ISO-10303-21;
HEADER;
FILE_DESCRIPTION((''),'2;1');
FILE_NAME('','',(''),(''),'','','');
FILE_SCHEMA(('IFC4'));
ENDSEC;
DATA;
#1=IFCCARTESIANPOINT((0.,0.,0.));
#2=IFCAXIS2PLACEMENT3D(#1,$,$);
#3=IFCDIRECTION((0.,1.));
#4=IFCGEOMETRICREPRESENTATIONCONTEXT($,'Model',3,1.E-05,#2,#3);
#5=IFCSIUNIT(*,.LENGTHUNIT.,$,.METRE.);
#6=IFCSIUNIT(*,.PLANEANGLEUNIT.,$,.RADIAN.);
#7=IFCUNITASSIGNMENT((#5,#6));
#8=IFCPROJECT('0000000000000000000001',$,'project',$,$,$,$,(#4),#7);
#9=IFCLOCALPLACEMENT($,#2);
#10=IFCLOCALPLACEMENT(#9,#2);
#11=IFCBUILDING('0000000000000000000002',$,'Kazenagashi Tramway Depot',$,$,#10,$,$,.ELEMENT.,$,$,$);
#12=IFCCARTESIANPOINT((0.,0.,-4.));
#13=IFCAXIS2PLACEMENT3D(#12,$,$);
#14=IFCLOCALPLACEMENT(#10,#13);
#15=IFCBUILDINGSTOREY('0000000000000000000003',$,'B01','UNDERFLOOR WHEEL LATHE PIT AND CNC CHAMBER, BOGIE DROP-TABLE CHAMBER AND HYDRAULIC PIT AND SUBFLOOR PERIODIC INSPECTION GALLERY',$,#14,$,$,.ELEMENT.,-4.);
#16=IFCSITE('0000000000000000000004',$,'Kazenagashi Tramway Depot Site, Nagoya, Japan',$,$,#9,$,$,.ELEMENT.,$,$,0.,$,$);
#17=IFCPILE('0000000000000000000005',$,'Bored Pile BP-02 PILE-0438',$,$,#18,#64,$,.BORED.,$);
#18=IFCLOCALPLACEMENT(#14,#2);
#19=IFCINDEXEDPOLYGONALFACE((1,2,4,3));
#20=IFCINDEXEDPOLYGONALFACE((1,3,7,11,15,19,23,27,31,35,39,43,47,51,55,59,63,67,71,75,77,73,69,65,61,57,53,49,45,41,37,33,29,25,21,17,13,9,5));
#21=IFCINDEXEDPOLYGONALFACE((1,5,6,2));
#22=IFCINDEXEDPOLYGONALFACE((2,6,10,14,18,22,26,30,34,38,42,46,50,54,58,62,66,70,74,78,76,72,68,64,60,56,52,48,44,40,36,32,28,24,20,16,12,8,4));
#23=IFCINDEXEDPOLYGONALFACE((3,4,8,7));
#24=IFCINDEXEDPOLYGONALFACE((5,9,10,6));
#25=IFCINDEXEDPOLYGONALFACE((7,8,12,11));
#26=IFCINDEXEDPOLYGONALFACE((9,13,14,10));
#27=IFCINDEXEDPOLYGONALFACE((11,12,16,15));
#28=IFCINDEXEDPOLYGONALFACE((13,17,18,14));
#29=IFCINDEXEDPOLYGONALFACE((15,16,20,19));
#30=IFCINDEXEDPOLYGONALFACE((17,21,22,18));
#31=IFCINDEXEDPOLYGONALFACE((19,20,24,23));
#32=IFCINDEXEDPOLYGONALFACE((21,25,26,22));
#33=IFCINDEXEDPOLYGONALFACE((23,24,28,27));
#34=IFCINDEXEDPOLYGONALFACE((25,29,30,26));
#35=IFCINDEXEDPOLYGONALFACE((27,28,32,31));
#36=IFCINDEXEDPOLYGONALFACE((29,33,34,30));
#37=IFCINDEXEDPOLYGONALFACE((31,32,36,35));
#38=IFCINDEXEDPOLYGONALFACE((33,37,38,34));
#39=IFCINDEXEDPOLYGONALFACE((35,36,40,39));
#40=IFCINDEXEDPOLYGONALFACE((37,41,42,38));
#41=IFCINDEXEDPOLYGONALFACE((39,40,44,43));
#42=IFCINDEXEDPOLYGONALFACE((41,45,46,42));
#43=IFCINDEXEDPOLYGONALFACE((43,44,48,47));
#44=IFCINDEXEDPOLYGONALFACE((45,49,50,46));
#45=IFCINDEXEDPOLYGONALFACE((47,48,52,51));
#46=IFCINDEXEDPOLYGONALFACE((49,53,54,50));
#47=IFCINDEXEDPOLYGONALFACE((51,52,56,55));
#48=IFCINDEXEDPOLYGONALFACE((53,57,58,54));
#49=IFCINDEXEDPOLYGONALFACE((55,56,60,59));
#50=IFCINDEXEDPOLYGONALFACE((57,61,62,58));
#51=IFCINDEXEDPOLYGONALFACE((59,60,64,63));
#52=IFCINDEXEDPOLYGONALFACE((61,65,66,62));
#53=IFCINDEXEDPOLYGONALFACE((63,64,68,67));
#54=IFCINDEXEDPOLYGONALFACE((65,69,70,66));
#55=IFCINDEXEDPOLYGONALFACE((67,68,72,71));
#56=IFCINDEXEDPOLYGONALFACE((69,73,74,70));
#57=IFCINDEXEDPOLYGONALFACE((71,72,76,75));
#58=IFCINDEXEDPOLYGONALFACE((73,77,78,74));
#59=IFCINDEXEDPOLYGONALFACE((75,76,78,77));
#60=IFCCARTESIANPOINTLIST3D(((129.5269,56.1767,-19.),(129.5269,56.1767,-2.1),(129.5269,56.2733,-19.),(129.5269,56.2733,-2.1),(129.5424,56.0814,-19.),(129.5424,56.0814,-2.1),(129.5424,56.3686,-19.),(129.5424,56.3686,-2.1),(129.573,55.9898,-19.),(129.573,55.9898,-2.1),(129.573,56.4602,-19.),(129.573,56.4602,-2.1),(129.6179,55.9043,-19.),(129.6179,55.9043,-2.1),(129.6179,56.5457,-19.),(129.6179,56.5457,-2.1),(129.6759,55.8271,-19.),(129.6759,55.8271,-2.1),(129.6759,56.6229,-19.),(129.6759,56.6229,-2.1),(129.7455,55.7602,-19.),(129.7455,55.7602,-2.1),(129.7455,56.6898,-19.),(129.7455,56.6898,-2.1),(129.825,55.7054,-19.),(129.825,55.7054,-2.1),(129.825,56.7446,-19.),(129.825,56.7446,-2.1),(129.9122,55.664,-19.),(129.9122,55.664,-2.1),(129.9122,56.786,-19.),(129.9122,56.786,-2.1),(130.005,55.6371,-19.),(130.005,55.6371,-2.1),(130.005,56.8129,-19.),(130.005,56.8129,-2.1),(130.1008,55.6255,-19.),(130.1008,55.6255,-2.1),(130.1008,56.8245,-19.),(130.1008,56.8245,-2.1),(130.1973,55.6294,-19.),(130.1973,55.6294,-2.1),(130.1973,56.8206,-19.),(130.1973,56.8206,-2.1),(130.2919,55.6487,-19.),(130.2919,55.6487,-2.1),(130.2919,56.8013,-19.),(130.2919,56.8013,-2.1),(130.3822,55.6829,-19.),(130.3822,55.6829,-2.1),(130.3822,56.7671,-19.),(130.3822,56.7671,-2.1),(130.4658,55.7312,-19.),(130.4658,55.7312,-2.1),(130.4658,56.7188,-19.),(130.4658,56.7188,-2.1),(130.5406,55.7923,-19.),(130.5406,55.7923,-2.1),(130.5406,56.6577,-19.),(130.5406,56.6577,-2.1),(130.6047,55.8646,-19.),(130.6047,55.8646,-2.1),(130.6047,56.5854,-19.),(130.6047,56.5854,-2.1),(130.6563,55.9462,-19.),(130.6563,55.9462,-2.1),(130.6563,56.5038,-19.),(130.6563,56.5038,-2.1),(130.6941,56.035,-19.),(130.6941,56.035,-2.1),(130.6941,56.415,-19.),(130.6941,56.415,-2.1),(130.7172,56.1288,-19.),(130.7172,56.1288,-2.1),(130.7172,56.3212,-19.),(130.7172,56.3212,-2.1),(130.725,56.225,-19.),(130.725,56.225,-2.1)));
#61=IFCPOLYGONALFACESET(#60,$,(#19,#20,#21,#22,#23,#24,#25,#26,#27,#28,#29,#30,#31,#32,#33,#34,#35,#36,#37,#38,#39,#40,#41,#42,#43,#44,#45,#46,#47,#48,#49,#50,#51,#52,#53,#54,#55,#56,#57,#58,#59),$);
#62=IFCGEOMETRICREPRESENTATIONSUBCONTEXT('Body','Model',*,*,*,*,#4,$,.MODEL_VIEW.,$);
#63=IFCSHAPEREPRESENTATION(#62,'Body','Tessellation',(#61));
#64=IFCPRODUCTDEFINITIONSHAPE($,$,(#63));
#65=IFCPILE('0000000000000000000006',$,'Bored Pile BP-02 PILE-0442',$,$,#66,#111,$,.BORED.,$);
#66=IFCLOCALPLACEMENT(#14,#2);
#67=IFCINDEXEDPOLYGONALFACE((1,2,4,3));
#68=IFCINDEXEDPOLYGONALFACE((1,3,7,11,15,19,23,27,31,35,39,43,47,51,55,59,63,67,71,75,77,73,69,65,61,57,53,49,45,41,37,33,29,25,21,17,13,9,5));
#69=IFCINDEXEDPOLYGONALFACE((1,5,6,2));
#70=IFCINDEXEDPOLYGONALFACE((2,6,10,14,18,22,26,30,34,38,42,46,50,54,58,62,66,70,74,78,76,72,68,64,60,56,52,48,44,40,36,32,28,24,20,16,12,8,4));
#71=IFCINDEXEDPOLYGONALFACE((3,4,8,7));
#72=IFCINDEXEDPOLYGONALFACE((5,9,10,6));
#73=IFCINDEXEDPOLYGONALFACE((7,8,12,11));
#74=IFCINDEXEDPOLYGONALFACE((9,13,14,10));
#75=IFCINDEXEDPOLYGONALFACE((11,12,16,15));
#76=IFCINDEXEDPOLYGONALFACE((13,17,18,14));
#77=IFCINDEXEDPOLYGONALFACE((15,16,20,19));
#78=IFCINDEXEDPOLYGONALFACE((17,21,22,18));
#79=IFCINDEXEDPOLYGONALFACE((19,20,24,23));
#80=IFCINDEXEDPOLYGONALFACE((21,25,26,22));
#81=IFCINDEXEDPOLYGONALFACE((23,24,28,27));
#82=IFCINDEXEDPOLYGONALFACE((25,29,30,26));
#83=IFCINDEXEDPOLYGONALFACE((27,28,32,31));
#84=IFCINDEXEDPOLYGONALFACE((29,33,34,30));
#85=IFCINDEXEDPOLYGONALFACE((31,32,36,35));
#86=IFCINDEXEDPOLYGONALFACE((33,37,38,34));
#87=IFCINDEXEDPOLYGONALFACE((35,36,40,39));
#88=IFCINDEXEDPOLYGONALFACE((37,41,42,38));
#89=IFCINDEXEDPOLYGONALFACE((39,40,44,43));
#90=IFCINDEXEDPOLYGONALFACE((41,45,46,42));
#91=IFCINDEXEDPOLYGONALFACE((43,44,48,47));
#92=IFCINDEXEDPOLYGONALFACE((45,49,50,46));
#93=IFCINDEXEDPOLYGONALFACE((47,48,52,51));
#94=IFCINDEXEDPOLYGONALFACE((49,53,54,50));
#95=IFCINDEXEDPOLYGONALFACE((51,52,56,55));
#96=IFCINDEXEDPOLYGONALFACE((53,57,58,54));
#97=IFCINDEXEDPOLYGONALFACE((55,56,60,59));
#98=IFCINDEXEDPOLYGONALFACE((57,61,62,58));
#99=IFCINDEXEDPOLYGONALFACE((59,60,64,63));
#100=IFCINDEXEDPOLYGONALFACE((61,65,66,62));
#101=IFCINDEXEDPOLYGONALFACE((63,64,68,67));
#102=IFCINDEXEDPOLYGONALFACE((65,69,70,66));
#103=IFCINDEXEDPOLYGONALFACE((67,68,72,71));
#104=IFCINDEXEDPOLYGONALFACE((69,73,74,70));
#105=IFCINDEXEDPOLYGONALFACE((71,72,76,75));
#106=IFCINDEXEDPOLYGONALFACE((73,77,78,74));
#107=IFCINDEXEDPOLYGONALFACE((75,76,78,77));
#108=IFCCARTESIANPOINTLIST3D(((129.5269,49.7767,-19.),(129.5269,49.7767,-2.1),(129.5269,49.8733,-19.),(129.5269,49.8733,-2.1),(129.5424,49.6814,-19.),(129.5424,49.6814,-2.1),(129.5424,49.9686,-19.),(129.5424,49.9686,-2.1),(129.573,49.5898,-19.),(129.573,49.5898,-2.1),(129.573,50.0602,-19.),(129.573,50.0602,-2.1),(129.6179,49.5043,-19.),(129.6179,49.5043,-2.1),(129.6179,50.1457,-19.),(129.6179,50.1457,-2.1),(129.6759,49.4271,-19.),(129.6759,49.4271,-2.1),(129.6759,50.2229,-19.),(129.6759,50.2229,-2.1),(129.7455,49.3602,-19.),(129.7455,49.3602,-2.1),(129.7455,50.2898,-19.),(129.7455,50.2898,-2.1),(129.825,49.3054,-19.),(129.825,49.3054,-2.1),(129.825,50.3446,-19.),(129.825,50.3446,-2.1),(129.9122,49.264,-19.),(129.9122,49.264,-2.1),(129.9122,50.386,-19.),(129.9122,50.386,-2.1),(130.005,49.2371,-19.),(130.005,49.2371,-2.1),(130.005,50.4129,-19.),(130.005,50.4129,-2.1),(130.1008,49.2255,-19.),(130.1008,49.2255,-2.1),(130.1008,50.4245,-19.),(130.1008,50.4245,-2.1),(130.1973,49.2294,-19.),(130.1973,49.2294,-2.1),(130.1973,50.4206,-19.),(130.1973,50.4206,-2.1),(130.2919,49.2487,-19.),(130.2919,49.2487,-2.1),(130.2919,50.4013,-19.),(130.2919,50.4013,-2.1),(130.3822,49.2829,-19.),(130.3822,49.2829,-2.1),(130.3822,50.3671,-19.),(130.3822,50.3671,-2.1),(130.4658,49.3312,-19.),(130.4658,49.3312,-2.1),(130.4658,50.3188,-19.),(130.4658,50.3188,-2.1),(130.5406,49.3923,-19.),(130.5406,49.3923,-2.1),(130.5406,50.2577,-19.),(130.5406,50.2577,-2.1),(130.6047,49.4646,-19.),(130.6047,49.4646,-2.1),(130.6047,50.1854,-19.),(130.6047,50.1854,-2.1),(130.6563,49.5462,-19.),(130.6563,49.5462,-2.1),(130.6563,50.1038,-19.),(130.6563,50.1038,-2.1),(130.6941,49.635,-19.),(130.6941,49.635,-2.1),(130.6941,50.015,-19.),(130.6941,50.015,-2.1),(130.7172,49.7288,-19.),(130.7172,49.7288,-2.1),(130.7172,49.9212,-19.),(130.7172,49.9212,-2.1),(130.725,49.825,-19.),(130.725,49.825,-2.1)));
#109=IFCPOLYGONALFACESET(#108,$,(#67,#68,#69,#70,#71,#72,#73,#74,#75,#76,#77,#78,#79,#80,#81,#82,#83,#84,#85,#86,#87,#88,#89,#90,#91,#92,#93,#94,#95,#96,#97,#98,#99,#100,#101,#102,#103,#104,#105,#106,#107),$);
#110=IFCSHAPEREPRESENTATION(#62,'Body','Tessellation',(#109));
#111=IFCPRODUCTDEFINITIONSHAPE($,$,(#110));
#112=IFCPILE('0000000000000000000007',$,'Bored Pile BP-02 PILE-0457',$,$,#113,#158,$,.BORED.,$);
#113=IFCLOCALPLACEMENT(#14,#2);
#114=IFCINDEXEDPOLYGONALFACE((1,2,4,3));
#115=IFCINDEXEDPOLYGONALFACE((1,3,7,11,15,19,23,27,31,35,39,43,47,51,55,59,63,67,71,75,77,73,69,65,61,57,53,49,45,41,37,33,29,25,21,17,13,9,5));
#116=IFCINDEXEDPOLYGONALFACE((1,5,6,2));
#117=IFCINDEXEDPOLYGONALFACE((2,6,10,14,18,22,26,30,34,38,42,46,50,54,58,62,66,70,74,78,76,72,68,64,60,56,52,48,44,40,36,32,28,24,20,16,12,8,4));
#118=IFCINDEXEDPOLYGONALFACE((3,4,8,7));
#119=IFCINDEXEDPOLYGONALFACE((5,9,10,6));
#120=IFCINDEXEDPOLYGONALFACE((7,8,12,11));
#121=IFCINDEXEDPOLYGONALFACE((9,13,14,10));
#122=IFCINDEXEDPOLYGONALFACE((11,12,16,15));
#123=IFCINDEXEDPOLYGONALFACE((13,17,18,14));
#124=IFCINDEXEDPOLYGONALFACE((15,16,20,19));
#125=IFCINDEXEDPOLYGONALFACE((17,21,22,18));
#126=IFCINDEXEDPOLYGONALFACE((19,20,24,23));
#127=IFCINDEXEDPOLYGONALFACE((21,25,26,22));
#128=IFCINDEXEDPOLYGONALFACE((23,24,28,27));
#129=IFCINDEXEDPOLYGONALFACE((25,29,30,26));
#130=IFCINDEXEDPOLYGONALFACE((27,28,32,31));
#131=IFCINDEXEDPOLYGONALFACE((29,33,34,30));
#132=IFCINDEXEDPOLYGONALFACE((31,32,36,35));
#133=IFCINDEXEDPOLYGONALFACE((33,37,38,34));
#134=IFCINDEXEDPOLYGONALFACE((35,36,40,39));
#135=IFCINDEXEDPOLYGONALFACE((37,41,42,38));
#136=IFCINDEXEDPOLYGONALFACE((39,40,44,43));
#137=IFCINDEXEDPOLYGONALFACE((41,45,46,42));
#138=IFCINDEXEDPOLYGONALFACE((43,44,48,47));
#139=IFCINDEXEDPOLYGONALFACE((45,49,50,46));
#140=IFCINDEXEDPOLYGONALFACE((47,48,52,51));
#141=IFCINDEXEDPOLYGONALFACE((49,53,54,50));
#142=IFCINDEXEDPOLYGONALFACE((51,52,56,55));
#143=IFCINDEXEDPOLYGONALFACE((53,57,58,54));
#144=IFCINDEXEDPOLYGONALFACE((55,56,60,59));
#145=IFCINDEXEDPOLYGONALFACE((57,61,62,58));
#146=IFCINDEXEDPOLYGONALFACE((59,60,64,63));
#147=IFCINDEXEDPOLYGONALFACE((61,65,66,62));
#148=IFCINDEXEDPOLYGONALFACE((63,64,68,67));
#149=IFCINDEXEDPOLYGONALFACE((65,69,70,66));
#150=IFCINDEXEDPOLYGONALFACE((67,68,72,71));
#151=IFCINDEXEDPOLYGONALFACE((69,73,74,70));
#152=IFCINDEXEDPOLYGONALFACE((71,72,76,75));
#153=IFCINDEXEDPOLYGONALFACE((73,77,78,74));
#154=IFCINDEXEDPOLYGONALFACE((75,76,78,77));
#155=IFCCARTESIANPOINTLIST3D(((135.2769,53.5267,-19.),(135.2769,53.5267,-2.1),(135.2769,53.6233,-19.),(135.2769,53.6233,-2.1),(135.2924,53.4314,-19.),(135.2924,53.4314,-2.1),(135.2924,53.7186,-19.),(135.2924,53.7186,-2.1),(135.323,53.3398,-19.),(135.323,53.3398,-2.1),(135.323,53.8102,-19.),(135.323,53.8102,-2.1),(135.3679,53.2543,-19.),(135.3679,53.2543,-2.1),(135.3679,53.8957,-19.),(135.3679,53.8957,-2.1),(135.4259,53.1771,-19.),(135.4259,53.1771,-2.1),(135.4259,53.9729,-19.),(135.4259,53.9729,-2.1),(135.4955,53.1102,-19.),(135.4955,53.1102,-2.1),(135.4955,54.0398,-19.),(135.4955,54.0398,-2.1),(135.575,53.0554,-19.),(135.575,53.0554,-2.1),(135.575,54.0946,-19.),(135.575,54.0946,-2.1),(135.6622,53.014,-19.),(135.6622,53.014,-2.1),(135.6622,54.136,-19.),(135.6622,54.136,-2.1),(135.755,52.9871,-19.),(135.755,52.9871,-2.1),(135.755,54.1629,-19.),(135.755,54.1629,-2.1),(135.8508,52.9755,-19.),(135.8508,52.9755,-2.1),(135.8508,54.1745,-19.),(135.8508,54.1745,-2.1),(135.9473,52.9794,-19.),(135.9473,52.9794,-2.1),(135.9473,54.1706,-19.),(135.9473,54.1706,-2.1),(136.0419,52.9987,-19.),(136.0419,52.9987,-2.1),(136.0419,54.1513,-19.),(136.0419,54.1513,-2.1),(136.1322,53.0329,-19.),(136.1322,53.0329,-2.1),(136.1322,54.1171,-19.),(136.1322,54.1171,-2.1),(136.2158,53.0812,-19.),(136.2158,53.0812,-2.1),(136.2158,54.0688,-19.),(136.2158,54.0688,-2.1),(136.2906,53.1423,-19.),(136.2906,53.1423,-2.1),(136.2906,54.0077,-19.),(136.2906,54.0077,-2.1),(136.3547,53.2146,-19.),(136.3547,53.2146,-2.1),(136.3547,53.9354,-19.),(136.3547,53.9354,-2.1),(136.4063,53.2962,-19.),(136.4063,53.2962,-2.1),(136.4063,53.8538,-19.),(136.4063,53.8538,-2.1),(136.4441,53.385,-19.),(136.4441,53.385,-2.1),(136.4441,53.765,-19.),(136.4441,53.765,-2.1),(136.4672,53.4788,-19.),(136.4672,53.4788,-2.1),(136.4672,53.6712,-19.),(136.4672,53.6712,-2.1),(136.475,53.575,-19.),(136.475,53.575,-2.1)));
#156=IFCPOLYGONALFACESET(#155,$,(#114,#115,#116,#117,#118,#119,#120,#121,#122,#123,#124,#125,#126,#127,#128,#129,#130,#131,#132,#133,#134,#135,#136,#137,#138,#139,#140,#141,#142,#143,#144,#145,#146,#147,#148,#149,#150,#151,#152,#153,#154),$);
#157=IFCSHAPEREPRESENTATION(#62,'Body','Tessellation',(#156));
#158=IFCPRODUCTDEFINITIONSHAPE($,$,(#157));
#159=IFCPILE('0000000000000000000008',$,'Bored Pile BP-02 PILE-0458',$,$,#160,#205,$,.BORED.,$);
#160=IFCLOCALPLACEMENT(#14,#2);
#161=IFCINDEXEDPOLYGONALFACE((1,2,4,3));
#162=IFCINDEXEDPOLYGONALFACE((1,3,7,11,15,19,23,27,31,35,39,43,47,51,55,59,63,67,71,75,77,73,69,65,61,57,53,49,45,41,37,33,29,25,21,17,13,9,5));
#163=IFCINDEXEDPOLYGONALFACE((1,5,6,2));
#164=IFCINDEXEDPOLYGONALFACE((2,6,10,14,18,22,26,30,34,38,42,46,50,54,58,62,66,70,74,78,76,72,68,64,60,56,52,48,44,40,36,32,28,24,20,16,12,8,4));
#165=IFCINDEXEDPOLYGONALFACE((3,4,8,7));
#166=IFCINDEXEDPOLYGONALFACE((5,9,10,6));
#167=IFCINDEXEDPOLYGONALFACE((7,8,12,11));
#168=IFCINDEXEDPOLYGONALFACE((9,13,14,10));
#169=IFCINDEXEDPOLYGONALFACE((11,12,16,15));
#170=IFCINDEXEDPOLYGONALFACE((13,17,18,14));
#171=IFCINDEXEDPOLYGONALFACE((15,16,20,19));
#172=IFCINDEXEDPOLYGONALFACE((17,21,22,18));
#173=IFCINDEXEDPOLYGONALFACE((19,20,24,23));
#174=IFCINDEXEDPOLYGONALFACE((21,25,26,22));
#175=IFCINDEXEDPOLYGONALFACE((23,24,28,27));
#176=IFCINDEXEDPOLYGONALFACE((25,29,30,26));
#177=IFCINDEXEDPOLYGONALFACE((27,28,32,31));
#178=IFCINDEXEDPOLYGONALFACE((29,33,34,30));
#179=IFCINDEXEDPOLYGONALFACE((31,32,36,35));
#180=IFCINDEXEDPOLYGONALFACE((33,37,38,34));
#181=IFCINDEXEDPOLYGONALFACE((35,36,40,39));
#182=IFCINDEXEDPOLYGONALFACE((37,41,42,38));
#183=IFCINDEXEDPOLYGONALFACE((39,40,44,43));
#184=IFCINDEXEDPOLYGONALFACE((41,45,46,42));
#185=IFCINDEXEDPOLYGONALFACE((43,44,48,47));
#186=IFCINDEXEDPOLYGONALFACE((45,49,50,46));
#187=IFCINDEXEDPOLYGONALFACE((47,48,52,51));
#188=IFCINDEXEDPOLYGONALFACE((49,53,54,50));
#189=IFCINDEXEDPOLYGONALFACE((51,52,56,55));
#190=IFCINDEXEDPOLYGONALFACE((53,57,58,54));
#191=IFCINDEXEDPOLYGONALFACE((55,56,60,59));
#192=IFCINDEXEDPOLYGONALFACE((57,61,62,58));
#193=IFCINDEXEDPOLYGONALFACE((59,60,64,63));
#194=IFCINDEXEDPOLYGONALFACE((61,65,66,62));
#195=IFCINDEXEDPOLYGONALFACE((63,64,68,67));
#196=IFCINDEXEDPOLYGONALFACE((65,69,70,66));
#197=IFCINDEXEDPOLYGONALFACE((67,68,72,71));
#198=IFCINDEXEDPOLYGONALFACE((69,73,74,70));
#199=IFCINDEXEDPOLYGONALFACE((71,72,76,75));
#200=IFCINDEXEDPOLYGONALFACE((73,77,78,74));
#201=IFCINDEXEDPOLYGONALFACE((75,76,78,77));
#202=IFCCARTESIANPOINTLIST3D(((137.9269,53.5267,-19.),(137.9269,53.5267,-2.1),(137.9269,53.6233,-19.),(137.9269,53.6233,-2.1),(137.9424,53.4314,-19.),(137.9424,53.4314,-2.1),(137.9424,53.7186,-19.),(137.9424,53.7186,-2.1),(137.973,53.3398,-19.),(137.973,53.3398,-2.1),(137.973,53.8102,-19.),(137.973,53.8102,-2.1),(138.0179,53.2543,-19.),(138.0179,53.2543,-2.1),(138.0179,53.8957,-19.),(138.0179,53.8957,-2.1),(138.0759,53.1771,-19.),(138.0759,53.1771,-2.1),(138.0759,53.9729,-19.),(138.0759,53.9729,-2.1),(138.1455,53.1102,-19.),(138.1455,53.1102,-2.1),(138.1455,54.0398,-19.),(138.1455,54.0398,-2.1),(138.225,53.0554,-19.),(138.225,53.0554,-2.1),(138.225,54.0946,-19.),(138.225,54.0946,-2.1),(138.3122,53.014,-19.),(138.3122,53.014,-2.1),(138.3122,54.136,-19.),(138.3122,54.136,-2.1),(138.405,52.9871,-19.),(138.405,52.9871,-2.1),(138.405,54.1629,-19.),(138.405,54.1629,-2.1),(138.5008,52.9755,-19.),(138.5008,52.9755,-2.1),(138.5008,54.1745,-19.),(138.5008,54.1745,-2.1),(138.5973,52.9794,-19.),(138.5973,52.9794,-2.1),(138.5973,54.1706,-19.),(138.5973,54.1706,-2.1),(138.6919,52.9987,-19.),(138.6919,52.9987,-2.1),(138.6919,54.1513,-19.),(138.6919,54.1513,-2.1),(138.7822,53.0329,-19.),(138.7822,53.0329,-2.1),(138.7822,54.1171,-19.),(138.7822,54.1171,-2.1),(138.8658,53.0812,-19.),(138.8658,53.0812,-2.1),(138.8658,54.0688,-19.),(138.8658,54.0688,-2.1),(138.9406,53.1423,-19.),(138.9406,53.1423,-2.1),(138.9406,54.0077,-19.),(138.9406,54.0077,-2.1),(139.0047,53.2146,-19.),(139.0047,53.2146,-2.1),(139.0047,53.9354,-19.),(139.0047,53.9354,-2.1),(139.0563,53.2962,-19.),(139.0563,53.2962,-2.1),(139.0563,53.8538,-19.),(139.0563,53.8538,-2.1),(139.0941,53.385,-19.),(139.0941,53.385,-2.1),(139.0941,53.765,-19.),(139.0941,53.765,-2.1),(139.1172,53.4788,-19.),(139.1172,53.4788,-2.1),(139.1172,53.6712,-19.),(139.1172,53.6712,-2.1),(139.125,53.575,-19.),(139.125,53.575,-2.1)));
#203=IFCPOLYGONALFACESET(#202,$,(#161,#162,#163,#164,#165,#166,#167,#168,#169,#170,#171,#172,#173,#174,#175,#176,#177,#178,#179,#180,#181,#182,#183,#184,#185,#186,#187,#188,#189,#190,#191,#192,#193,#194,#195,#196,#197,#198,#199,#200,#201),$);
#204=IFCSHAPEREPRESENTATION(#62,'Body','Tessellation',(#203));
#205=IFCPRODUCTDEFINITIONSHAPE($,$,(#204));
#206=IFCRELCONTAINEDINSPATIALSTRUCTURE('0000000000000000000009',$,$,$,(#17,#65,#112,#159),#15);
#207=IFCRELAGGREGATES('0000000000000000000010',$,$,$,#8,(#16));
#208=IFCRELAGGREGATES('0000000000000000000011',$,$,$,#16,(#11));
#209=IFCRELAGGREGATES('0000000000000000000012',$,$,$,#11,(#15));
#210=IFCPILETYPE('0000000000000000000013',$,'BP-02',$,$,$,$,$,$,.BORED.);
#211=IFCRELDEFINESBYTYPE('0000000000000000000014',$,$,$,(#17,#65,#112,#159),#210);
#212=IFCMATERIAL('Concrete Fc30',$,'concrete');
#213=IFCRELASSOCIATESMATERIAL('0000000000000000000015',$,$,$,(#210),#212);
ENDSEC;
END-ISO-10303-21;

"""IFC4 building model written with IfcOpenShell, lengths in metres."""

from ifc_helpers import new_model, si_unit, direction, frame, origin, origin_2d, place, context, subcontext, project, spatial, circle, extrude, material, material_profile, profile_set, type_object, element, save


model = new_model("IFC4")

# Units and contexts
model_context = context("Model", 3, precision=1e-05, world=origin(), true_north=direction((0.0, 1.0)))
body_context = subcontext(model_context, "Body", "Model", "MODEL_VIEW")
ifc_project = project(units=[si_unit("LENGTHUNIT", "METRE"), si_unit("PLANEANGLEUNIT", "RADIAN")], contexts=[model_context])

# Site, building, storey
site_placement = place(None, origin())
site = spatial("IfcSite", under=ifc_project, at=site_placement, Name="Kazenagashi Tramway Depot Site, Nagoya, Japan", CompositionType="ELEMENT", RefElevation=0.0)
building_placement = place(site_placement, origin())
building = spatial("IfcBuilding", under=site, at=building_placement, Name="Kazenagashi Tramway Depot", CompositionType="ELEMENT")
storey_placement = place(building_placement, frame((0.0, 0.0, -4.0)))
storey = spatial("IfcBuildingStorey", under=building, at=storey_placement, Name="B01", Description="UNDERFLOOR WHEEL LATHE PIT AND CNC CHAMBER, BOGIE DROP-TABLE CHAMBER AND HYDRAULIC PIT AND SUBFLOOR PERIODIC INSPECTION GALLERY", CompositionType="ELEMENT", Elevation=-4.0)

# Piles
ifc_material_1 = material(Name="Concrete Fc30", Category="concrete")
ifc_material_profile_1 = material_profile(ifc_material_1, circle(Radius=0.6, at=origin_2d()), Name="PILE-1200")
ifc_profile_set_1 = profile_set([ifc_material_profile_1], Name="Concrete Fc30")
pile_type_1 = type_object("IfcPileType", Name="BP-02", PredefinedType="BORED", material=ifc_profile_set_1)
for number, where, z_axis, x_axis, name in (
    (1, (130.125, 56.225, -2.1), (0.0, 0.0, -1.0), (1.0, 0.0, 0.0), "Bored Pile BP-02 PILE-0438"),
    (2, (130.125, 49.825, -2.1), (0.0, 0.0, -1.0), (1.0, 0.0, 0.0), "Bored Pile BP-02 PILE-0442"),
    (3, (135.875, 53.575, -2.1), (0.0, 0.0, -1.0), (1.0, 0.0, 0.0), "Bored Pile BP-02 PILE-0457"),
    (4, (138.525, 53.575, -2.1), (0.0, 0.0, -1.0), (1.0, 0.0, 0.0), "Bored Pile BP-02 PILE-0458"),
):
    element("IfcPile", number, at=place(storey_placement, frame(where, z_axis=z_axis, x_axis=x_axis)), inside=storey, type_object=pile_type_1, Name=name, PredefinedType="BORED", context=body_context, shape_type="SweptSolid", body=[
        extrude(circle(Radius=0.6, at=origin_2d()), origin(), (0.0, 0.0, 1.0), 16.9),
    ])

save(model, "model.ifc")
